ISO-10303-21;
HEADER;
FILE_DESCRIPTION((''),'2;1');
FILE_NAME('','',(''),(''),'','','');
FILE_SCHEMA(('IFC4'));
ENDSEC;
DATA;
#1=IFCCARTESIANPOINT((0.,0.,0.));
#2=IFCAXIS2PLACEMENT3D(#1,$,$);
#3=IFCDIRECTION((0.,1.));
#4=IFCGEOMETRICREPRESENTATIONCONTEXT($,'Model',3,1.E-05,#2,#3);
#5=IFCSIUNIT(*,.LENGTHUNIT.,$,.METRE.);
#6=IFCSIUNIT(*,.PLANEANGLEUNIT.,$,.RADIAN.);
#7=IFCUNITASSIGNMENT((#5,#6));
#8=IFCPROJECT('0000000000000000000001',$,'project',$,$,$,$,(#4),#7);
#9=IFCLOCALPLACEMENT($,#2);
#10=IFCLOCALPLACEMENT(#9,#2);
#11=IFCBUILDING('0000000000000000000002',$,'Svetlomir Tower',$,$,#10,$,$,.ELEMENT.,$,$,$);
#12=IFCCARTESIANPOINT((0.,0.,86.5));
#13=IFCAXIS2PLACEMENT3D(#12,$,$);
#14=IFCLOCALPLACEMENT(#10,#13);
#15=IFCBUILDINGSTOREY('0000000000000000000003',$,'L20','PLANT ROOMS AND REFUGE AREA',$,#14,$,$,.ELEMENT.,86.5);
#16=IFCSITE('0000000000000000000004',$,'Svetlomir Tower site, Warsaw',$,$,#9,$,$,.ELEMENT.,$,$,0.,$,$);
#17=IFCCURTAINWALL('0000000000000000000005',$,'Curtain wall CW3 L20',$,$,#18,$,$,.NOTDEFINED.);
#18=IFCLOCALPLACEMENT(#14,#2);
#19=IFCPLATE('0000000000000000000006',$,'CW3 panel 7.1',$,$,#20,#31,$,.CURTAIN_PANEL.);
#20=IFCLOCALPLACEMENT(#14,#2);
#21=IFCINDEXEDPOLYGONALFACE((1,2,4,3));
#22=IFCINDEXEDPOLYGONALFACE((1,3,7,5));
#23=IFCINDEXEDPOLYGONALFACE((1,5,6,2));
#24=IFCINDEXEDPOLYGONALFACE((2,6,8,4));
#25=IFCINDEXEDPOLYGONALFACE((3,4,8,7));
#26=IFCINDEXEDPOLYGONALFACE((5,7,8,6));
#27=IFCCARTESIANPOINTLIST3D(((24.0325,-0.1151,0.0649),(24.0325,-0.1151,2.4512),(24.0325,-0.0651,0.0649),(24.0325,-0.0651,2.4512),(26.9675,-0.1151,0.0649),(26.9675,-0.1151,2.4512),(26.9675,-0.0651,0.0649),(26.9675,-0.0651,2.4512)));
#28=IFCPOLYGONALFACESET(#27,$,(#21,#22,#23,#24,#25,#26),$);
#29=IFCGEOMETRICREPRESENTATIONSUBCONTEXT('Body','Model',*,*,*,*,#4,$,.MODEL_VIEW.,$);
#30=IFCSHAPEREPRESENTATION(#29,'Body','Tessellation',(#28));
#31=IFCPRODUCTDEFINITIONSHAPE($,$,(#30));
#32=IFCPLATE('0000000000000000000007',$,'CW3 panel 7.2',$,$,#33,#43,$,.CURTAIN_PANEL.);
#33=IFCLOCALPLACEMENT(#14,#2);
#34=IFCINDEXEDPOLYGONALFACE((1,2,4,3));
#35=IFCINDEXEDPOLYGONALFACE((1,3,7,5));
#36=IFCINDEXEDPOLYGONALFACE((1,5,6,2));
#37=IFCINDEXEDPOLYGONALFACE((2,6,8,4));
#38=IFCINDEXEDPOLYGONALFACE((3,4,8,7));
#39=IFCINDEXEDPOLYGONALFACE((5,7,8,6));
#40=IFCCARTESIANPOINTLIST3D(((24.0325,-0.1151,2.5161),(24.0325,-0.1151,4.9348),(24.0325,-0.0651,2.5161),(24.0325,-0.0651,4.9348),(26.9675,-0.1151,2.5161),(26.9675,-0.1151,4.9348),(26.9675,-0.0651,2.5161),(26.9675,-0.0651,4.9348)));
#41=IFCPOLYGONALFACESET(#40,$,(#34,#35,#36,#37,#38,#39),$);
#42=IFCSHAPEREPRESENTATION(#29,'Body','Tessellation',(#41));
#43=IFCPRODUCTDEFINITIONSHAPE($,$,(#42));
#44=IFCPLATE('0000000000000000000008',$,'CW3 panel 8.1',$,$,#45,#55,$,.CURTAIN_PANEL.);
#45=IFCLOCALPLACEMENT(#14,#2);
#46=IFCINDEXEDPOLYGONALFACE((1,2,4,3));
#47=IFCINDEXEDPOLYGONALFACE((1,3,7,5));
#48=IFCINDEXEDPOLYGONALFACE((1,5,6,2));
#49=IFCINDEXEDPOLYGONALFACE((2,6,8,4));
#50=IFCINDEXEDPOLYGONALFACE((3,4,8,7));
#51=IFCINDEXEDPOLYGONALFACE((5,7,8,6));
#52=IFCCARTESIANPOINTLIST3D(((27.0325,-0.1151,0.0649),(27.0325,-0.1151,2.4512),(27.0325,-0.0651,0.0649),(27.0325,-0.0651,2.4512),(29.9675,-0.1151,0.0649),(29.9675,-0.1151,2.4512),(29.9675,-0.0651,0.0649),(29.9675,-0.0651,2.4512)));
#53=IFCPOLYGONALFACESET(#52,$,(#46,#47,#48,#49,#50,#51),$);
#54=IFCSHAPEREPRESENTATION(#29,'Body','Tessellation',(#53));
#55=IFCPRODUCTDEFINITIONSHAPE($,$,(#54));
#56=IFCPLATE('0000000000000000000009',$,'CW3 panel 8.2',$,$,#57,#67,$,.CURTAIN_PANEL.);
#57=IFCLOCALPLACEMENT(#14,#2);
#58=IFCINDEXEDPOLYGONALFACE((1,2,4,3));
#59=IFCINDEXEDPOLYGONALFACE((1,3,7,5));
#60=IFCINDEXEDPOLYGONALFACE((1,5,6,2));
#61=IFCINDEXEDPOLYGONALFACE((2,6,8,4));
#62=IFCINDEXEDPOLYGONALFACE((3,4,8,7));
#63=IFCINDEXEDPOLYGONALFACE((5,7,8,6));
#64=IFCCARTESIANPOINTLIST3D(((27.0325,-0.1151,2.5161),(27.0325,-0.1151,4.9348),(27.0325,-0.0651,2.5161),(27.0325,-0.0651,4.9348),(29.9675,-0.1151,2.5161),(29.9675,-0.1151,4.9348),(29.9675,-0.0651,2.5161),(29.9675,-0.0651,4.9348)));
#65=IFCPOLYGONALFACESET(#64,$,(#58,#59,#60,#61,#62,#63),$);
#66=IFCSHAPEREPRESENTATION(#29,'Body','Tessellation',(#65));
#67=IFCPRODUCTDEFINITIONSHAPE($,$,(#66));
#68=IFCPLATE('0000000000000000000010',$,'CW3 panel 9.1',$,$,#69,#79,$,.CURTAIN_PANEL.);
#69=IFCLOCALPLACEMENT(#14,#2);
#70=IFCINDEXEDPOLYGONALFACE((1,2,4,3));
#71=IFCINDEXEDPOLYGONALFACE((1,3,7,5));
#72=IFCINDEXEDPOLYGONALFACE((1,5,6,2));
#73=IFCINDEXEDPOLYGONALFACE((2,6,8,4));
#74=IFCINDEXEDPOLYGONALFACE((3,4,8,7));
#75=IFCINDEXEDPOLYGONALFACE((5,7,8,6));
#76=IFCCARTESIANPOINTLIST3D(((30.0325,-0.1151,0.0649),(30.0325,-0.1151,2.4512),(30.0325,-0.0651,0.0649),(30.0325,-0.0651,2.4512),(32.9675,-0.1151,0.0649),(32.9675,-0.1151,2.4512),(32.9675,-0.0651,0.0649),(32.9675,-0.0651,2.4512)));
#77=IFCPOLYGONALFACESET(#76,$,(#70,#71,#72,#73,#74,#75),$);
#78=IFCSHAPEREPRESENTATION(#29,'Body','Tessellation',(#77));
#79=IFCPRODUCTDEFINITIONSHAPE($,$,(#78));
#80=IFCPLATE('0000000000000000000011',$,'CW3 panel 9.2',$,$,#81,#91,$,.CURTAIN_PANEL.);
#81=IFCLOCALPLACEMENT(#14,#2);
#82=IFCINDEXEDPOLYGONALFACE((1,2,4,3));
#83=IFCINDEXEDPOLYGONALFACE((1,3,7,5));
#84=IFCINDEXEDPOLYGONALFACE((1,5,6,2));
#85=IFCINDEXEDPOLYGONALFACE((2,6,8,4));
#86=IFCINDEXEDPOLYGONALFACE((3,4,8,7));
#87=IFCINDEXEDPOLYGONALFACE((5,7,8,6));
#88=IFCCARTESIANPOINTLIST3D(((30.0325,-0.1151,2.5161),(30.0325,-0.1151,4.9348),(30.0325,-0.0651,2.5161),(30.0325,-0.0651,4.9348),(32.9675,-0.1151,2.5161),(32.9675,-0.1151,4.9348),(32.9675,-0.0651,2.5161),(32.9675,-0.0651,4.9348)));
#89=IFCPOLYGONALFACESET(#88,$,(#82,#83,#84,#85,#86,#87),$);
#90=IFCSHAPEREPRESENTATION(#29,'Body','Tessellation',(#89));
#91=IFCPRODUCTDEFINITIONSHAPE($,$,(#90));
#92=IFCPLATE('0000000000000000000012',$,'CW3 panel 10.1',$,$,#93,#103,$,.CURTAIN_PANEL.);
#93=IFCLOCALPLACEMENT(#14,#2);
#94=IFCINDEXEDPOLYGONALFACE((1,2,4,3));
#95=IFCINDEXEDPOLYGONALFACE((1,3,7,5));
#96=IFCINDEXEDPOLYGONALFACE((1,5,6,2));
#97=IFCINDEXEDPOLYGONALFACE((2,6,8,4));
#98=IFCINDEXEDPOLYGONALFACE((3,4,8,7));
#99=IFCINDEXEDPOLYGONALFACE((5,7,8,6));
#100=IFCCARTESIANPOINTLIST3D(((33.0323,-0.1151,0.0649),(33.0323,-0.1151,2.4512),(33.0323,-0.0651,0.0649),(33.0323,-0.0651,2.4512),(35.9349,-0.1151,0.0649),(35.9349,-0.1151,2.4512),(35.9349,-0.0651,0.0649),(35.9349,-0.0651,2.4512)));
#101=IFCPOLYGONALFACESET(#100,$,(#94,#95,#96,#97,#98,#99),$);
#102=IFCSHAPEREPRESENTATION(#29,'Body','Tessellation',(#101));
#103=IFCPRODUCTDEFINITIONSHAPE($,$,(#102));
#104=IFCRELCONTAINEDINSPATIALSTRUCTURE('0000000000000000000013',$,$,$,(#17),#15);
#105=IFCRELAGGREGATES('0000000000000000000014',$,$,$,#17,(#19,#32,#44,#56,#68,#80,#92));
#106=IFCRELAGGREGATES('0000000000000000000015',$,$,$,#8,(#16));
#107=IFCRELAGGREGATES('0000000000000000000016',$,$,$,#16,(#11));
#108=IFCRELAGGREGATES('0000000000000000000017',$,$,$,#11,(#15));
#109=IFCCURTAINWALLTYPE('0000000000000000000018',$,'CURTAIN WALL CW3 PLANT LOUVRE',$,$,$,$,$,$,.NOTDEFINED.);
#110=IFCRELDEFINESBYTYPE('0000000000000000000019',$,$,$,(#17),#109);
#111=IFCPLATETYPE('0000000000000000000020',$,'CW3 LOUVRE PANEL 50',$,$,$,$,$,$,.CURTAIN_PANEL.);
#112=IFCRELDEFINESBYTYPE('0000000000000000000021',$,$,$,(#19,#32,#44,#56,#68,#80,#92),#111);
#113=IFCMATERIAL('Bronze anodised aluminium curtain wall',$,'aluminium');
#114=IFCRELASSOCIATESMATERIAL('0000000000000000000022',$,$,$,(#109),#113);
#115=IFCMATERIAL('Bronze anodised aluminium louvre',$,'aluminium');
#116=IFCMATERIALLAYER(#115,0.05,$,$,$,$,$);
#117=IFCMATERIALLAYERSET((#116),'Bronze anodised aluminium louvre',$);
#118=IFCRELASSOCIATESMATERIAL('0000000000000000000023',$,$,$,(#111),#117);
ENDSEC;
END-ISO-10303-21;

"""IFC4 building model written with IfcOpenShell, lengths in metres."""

from ifc_helpers import new_model, si_unit, direction, frame, origin, origin_2d, place, context, subcontext, project, spatial, rectangle, extrude, material, layer, layer_set, type_object, element, aggregate, save


model = new_model("IFC4")

# Units and contexts
model_context = context("Model", 3, precision=1e-05, world=origin(), true_north=direction((0.0, 1.0)))
body_context = subcontext(model_context, "Body", "Model", "MODEL_VIEW")
ifc_project = project(units=[si_unit("LENGTHUNIT", "METRE"), si_unit("PLANEANGLEUNIT", "RADIAN")], contexts=[model_context])

# Site, building, storey
site_placement = place(None, origin())
site = spatial("IfcSite", under=ifc_project, at=site_placement, Name="Svetlomir Tower site, Warsaw", CompositionType="ELEMENT", RefElevation=0.0)
building_placement = place(site_placement, origin())
building = spatial("IfcBuilding", under=site, at=building_placement, Name="Svetlomir Tower", CompositionType="ELEMENT")
storey_placement = place(building_placement, frame((0.0, 0.0, 86.5)))
storey = spatial("IfcBuildingStorey", under=building, at=storey_placement, Name="L20", Description="PLANT ROOMS AND REFUGE AREA", CompositionType="ELEMENT", Elevation=86.5)

# Curtain wall, plates
ifc_material_1 = material(Name="Bronze anodised aluminium curtain wall", Category="aluminium")
curtain_wall_type = type_object("IfcCurtainWallType", Name="CURTAIN WALL CW3 PLANT LOUVRE", PredefinedType="NOTDEFINED", material=ifc_material_1)
curtain_wall_placement = place(storey_placement, origin())
curtain_wall = element("IfcCurtainWall", 1, at=curtain_wall_placement, inside=storey, type_object=curtain_wall_type, Name="Curtain wall CW3 L20", PredefinedType="NOTDEFINED")
ifc_material_2 = material(Name="Bronze anodised aluminium louvre", Category="aluminium")
ifc_layer = layer(ifc_material_2, 0.05)
ifc_layer_set = layer_set([ifc_layer], Name="Bronze anodised aluminium louvre")
plate_type = type_object("IfcPlateType", Name="CW3 LOUVRE PANEL 50", PredefinedType="CURTAIN_PANEL", material=ifc_layer_set)
plate_1_placement = place(storey_placement, frame((25.5, -0.0901, 0.0649), z_axis=(0.0, 0.0, 1.0), x_axis=(1.0, 0.0, 0.0)))
plate_1 = element("IfcPlate", 2, at=plate_1_placement, type_object=plate_type, Name="CW3 panel 7.1", PredefinedType="CURTAIN_PANEL", context=body_context, shape_type="SweptSolid", body=[
    extrude(rectangle(XDim=2.9351, YDim=0.05, at=origin_2d()), origin(), (0.0, 0.0, 1.0), 2.3862),
])
plate_2_placement = place(storey_placement, frame((25.5, -0.0901, 2.5161), z_axis=(0.0, 0.0, 1.0), x_axis=(1.0, 0.0, 0.0)))
plate_2 = element("IfcPlate", 3, at=plate_2_placement, type_object=plate_type, Name="CW3 panel 7.2", PredefinedType="CURTAIN_PANEL", context=body_context, shape_type="SweptSolid", body=[
    extrude(rectangle(XDim=2.9351, YDim=0.05, at=origin_2d()), origin(), (0.0, 0.0, 1.0), 2.4187),
])
plate_3_placement = place(storey_placement, frame((28.5, -0.0901, 0.0649), z_axis=(0.0, 0.0, 1.0), x_axis=(1.0, 0.0, 0.0)))
plate_3 = element("IfcPlate", 4, at=plate_3_placement, type_object=plate_type, Name="CW3 panel 8.1", PredefinedType="CURTAIN_PANEL", context=body_context, shape_type="SweptSolid", body=[
    extrude(rectangle(XDim=2.9351, YDim=0.05, at=origin_2d()), origin(), (0.0, 0.0, 1.0), 2.3862),
])
plate_4_placement = place(storey_placement, frame((28.5, -0.0901, 2.5161), z_axis=(0.0, 0.0, 1.0), x_axis=(1.0, 0.0, 0.0)))
plate_4 = element("IfcPlate", 5, at=plate_4_placement, type_object=plate_type, Name="CW3 panel 8.2", PredefinedType="CURTAIN_PANEL", context=body_context, shape_type="SweptSolid", body=[
    extrude(rectangle(XDim=2.9351, YDim=0.05, at=origin_2d()), origin(), (0.0, 0.0, 1.0), 2.4187),
])
plate_5_placement = place(storey_placement, frame((31.5, -0.0901, 0.0649), z_axis=(0.0, 0.0, 1.0), x_axis=(1.0, 0.0, 0.0)))
plate_5 = element("IfcPlate", 6, at=plate_5_placement, type_object=plate_type, Name="CW3 panel 9.1", PredefinedType="CURTAIN_PANEL", context=body_context, shape_type="SweptSolid", body=[
    extrude(rectangle(XDim=2.9351, YDim=0.05, at=origin_2d()), origin(), (0.0, 0.0, 1.0), 2.3862),
])
plate_6_placement = place(storey_placement, frame((31.5, -0.0901, 2.5161), z_axis=(0.0, 0.0, 1.0), x_axis=(1.0, 0.0, 0.0)))
plate_6 = element("IfcPlate", 7, at=plate_6_placement, type_object=plate_type, Name="CW3 panel 9.2", PredefinedType="CURTAIN_PANEL", context=body_context, shape_type="SweptSolid", body=[
    extrude(rectangle(XDim=2.9351, YDim=0.05, at=origin_2d()), origin(), (0.0, 0.0, 1.0), 2.4187),
])
plate_7_placement = place(storey_placement, frame((34.4836, -0.0901, 0.0649), z_axis=(0.0, 0.0, 1.0), x_axis=(1.0, 0.0, 0.0)))
plate_7 = element("IfcPlate", 8, at=plate_7_placement, type_object=plate_type, Name="CW3 panel 10.1", PredefinedType="CURTAIN_PANEL", context=body_context, shape_type="SweptSolid", body=[
    extrude(rectangle(XDim=2.9026, YDim=0.05, at=origin_2d()), origin(), (0.0, 0.0, 1.0), 2.3862),
])
aggregate(curtain_wall, [plate_1, plate_2, plate_3, plate_4, plate_5, plate_6, plate_7])

save(model, "model.ifc")
